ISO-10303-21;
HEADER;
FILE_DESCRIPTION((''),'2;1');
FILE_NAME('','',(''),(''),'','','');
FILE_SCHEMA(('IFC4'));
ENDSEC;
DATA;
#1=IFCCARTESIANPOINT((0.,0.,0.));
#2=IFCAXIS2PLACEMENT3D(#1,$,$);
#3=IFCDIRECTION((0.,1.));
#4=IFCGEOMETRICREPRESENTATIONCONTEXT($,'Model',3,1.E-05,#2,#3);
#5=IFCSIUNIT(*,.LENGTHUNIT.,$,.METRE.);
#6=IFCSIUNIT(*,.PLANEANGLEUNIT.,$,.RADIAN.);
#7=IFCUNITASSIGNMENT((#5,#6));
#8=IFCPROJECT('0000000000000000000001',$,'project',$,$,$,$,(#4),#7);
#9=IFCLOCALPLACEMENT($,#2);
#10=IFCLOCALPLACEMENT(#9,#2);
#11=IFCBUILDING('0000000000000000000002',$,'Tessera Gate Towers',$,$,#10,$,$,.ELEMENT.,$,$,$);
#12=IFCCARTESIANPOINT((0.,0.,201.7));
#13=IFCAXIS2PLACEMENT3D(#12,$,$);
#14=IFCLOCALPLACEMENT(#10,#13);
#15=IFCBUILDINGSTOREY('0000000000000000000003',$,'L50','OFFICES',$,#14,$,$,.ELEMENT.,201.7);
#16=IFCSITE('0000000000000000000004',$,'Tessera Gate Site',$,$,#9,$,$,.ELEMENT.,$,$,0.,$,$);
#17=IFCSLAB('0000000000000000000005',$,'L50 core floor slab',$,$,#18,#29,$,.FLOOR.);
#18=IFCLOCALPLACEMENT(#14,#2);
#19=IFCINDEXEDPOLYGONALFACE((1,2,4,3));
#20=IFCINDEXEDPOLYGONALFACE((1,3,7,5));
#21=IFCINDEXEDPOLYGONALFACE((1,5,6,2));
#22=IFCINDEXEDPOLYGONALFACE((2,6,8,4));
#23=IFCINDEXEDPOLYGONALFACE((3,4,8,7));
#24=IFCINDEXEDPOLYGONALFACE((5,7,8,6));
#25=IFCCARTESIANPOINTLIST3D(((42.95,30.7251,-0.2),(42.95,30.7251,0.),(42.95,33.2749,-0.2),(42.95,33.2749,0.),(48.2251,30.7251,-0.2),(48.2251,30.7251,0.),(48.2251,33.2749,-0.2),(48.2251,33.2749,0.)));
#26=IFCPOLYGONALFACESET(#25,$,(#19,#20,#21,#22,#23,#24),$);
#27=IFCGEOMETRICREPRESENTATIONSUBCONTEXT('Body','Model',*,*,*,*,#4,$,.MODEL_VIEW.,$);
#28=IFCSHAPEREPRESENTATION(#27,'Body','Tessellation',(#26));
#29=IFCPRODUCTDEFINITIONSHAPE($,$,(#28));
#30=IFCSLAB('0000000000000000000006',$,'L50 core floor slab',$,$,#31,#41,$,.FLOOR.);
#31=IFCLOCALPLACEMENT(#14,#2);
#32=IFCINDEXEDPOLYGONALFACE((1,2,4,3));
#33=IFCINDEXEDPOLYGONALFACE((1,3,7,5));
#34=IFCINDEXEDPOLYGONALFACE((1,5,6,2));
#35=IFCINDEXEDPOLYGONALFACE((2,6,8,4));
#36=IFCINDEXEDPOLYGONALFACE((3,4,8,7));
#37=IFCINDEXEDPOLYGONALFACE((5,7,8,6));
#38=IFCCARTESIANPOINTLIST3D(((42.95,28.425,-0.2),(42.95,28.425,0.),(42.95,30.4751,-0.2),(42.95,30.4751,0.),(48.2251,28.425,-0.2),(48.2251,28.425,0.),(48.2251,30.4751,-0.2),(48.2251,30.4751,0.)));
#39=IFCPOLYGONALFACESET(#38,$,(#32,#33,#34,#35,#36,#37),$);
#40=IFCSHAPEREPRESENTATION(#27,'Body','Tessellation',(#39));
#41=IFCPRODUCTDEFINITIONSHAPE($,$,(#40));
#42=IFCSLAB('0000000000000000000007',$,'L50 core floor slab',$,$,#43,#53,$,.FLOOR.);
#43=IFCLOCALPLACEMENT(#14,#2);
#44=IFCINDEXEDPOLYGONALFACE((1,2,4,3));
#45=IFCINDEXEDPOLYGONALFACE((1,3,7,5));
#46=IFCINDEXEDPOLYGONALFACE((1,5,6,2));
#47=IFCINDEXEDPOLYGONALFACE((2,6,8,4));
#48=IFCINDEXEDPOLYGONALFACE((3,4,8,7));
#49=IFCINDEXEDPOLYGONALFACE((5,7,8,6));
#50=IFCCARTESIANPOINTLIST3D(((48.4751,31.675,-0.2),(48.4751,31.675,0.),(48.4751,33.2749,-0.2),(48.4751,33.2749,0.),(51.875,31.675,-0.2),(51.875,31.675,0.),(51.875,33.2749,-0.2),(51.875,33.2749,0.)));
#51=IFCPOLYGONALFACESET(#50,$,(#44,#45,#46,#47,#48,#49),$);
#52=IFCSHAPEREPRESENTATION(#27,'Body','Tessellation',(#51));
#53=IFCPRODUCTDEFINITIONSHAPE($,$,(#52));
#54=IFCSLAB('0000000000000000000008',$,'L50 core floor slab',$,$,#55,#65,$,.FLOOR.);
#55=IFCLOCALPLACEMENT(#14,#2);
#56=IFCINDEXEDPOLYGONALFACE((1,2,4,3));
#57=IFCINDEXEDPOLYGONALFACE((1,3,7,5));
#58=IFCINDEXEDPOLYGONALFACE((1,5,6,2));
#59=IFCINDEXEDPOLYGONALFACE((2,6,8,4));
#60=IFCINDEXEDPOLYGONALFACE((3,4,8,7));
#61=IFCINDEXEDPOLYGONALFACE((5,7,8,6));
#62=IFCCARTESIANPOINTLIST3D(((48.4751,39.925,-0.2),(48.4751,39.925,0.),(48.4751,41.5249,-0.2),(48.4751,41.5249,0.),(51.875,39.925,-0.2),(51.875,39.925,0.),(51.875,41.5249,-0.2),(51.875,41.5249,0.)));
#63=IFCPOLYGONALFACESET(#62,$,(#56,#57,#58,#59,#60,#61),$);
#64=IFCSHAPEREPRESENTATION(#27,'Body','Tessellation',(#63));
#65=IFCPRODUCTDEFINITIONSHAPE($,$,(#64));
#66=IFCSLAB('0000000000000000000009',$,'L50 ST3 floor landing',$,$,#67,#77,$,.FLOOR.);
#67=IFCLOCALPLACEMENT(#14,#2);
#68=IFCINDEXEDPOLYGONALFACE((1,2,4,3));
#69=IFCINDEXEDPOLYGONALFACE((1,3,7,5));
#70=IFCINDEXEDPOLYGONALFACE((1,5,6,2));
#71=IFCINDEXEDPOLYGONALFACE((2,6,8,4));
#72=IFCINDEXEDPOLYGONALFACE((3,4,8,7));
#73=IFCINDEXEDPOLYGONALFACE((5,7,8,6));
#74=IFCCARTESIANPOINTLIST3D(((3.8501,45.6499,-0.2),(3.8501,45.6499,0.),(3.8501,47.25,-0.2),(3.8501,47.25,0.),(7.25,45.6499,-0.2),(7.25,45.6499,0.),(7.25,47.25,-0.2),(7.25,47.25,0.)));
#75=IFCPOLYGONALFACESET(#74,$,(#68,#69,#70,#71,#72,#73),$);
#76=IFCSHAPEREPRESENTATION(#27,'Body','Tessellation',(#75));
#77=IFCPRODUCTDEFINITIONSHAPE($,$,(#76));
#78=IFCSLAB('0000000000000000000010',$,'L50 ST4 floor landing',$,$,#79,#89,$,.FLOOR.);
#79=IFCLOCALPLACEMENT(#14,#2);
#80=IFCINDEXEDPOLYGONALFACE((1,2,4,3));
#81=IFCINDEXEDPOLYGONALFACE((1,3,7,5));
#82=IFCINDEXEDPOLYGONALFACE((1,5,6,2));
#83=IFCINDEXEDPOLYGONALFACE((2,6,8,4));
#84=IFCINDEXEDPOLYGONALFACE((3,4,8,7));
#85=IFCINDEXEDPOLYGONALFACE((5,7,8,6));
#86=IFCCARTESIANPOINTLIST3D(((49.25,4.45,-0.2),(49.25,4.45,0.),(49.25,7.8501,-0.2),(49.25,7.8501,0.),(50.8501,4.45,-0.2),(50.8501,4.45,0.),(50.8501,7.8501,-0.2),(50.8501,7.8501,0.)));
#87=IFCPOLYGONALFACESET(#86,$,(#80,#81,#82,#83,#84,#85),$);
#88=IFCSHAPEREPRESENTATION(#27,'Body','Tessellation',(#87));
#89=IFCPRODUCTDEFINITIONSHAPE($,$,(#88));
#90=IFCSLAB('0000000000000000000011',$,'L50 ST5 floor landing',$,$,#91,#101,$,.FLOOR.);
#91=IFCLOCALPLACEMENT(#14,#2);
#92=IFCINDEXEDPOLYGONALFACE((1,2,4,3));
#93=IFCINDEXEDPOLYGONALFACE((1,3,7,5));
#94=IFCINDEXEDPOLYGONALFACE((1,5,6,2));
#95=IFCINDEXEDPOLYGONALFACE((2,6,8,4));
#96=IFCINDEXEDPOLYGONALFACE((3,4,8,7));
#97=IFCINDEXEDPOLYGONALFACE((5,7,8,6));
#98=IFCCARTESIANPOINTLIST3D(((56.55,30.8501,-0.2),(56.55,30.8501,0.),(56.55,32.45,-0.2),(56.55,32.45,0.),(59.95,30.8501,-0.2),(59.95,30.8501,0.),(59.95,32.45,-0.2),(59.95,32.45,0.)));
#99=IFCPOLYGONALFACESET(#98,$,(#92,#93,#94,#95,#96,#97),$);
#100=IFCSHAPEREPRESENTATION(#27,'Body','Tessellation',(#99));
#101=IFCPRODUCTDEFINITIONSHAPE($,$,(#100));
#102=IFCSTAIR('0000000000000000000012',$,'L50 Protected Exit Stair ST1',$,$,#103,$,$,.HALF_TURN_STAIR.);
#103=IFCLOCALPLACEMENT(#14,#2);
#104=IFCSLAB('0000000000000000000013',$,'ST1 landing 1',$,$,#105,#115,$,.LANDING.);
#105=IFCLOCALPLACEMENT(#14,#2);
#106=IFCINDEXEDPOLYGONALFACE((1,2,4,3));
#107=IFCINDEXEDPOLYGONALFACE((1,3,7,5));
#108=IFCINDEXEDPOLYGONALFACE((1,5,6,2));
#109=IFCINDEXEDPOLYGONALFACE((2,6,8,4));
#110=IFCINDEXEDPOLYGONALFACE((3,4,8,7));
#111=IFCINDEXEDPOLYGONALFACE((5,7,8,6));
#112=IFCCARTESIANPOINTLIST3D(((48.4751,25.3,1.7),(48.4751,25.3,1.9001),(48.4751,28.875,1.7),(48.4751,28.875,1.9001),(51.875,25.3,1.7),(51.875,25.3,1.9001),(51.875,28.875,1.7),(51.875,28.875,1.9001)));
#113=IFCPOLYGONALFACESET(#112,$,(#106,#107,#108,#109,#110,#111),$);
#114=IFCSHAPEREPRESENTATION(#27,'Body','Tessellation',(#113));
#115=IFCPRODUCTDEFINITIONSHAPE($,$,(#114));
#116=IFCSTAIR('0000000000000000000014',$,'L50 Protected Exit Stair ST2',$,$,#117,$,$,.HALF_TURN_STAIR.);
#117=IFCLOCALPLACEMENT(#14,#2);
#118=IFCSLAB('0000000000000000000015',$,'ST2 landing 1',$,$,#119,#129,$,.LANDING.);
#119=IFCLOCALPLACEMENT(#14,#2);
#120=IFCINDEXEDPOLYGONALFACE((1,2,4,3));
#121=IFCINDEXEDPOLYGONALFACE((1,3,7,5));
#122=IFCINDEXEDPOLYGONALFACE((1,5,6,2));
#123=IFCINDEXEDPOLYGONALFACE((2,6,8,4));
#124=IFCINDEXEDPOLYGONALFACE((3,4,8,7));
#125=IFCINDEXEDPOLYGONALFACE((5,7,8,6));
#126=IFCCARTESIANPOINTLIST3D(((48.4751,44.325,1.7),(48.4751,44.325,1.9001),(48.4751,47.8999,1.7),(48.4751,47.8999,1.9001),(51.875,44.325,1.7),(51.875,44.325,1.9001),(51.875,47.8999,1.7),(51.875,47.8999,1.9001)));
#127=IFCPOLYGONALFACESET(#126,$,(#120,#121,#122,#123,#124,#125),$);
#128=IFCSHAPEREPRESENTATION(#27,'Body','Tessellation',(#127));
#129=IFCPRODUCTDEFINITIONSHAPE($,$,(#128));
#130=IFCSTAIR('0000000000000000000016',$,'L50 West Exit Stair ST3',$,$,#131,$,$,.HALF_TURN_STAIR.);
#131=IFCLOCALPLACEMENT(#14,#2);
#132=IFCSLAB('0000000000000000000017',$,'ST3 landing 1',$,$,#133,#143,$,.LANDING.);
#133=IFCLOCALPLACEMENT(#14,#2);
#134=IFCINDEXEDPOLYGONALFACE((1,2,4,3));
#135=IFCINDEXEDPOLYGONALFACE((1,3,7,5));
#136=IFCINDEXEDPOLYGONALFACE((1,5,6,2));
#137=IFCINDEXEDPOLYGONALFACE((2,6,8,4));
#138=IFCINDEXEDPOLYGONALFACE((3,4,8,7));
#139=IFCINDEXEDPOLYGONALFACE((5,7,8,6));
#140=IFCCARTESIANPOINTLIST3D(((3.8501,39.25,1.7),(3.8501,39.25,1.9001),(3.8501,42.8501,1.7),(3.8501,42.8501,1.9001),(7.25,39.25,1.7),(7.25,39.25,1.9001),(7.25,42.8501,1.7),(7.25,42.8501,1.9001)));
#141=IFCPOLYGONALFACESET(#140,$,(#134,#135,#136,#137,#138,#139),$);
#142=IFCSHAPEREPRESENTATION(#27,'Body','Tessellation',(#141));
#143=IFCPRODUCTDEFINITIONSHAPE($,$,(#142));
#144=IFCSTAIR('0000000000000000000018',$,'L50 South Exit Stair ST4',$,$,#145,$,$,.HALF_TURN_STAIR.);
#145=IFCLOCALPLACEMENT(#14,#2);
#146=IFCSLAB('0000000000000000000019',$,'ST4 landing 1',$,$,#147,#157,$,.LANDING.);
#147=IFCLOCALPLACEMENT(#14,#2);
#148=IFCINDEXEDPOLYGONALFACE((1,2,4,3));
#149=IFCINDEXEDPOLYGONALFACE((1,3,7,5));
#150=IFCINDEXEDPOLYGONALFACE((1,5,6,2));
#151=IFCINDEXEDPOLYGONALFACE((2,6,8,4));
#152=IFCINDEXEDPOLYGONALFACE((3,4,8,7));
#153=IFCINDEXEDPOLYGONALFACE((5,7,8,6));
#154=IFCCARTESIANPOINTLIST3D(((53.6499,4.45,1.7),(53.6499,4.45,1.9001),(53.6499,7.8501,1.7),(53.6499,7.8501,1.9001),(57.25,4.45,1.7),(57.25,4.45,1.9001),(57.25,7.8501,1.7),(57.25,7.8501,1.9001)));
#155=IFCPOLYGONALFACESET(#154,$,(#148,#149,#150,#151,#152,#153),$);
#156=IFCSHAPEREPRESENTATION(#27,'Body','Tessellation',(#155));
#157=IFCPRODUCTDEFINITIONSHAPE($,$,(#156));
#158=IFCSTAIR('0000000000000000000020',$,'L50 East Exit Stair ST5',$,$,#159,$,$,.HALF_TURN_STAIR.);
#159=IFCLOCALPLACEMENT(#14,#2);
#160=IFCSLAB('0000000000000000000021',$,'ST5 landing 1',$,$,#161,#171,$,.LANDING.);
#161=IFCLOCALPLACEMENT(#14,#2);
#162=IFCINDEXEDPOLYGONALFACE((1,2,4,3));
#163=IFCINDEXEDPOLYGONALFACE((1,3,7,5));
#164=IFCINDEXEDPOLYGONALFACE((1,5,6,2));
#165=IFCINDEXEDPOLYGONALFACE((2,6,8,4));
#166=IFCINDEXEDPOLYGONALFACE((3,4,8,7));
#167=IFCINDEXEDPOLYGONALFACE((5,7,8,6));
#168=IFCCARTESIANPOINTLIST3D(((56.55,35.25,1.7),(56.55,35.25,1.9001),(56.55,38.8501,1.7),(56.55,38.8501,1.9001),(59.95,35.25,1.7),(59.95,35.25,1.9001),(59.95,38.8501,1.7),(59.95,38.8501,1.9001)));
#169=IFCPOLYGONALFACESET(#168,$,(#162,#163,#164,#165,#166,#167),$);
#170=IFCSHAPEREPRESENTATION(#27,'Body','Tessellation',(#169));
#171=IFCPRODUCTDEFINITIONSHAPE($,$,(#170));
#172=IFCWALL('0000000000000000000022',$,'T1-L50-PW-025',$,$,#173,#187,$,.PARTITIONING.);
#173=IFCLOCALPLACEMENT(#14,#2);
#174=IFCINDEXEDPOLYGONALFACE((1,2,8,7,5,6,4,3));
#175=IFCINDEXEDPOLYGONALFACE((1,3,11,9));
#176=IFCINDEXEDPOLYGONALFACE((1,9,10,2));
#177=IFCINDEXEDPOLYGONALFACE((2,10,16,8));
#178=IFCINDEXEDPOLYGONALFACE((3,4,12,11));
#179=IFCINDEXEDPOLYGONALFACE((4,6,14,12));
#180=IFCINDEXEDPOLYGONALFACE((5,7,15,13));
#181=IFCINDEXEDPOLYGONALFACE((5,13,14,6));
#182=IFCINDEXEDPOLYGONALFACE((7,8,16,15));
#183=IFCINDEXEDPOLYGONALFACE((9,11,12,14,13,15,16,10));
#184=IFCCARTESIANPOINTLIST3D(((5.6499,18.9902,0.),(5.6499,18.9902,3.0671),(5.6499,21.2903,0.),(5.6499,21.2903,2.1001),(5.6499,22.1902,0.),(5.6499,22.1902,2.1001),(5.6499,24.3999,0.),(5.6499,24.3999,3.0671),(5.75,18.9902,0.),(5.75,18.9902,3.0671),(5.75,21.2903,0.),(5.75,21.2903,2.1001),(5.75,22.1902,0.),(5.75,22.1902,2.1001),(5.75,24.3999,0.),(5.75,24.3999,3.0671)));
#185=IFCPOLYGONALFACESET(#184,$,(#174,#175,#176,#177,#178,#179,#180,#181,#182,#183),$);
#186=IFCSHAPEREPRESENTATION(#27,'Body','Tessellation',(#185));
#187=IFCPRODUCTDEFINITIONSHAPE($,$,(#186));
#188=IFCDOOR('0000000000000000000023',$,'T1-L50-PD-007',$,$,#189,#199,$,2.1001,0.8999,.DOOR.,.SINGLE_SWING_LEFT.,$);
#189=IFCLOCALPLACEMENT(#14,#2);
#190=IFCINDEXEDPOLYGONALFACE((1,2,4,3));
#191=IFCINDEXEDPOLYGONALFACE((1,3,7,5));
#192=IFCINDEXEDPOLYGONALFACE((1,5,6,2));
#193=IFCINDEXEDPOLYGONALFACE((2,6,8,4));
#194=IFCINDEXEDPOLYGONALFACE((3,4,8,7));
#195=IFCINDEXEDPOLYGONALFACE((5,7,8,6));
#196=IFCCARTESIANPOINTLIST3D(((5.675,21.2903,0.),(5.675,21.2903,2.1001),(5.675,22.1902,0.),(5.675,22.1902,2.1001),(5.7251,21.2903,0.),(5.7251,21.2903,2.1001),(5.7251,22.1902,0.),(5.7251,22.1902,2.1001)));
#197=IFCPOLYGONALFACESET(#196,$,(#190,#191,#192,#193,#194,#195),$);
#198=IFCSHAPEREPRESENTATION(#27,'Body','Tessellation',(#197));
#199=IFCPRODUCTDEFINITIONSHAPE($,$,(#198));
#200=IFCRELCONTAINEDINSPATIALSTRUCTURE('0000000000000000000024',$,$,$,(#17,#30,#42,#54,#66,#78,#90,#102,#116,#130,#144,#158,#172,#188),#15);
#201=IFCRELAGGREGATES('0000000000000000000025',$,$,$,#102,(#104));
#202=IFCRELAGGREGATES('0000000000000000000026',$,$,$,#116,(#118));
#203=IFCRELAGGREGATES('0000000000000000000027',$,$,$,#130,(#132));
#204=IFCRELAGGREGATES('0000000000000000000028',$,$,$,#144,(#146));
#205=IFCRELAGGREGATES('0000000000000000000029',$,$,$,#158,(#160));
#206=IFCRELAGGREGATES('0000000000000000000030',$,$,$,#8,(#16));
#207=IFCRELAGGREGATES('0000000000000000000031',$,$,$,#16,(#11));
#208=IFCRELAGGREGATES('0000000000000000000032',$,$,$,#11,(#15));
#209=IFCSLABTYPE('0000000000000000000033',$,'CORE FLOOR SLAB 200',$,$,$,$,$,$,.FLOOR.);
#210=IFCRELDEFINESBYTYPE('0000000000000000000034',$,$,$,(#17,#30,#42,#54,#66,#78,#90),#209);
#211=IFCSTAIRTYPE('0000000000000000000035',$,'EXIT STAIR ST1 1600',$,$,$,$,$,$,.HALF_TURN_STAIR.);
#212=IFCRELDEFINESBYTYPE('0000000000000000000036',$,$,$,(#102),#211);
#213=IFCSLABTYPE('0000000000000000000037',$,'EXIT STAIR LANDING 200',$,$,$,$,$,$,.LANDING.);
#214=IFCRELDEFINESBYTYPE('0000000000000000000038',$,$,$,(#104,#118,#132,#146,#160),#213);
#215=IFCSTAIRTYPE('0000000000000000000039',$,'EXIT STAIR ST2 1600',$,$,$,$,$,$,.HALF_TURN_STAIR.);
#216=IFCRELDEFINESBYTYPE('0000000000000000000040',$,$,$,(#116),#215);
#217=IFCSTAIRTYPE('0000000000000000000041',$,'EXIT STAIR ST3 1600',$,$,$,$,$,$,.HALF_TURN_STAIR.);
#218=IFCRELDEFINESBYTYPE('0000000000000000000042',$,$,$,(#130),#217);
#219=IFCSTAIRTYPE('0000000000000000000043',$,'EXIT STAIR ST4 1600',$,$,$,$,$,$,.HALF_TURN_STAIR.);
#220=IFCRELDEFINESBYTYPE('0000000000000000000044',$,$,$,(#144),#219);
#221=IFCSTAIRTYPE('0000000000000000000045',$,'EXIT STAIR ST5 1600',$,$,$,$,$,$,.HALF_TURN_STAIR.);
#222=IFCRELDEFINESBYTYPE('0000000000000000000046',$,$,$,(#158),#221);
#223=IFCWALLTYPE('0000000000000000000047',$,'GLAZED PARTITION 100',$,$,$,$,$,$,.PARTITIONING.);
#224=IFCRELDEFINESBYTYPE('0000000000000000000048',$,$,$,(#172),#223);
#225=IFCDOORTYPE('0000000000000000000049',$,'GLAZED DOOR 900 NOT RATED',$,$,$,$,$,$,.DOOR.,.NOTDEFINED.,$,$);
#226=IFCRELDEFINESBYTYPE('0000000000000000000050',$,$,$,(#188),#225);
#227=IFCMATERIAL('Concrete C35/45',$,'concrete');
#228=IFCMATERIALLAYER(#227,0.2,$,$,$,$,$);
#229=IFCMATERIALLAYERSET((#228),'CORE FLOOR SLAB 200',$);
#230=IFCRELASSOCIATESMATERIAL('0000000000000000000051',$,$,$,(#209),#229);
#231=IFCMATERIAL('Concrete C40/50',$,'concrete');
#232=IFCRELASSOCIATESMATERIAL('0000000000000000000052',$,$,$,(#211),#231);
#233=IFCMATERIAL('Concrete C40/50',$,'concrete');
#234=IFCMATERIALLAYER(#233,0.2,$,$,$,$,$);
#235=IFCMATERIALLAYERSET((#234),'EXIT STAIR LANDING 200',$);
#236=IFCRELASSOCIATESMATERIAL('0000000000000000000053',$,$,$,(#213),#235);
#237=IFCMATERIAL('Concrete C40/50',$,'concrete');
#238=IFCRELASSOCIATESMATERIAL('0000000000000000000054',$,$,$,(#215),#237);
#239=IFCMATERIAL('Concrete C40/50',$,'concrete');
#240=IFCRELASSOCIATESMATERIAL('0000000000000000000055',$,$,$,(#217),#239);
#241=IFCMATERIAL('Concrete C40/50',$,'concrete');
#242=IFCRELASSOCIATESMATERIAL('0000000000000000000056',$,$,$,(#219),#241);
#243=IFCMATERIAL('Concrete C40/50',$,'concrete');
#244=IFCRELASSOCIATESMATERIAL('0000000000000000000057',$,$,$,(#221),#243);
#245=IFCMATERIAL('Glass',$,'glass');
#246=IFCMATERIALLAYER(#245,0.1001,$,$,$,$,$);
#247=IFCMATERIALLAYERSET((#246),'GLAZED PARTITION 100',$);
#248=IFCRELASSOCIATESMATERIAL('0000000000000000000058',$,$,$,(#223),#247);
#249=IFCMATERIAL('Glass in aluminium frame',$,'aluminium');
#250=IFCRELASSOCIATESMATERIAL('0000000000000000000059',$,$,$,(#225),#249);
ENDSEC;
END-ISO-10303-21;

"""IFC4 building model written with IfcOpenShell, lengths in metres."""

from ifc_helpers import new_model, si_unit, direction, frame, frame_2d, origin, place, context, subcontext, project, spatial, polyline, rectangle, outline, extrude, source, transform, mapped, material, layer, layer_set, type_object, element, fill, aggregate, save


model = new_model("IFC4")

# Units and contexts
model_context = context("Model", 3, precision=1e-05, world=origin(), true_north=direction((0.0, 1.0)))
body_context = subcontext(model_context, "Body", "Model", "MODEL_VIEW")
ifc_project = project(units=[si_unit("LENGTHUNIT", "METRE"), si_unit("PLANEANGLEUNIT", "RADIAN")], contexts=[model_context])

# Site, building, storey
site_placement = place(None, origin())
site = spatial("IfcSite", under=ifc_project, at=site_placement, Name="Tessera Gate Site", CompositionType="ELEMENT", RefElevation=0.0)
building_placement = place(site_placement, origin())
building = spatial("IfcBuilding", under=site, at=building_placement, Name="Tessera Gate Towers", CompositionType="ELEMENT")
storey_placement = place(building_placement, frame((0.0, 0.0, 201.7)))
storey = spatial("IfcBuildingStorey", under=building, at=storey_placement, Name="L50", Description="OFFICES", CompositionType="ELEMENT", Elevation=201.7)

# Slabs
ifc_material_1 = material(Name="Concrete C35/45", Category="concrete")
ifc_layer_1 = layer(ifc_material_1, 0.2)
ifc_layer_set_1 = layer_set([ifc_layer_1], Name="CORE FLOOR SLAB 200")
slab_type_1 = type_object("IfcSlabType", Name="CORE FLOOR SLAB 200", PredefinedType="FLOOR", material=ifc_layer_set_1)
slab_1_placement = place(storey_placement, frame((0.0, 0.0, -0.2)))
element("IfcSlab", 1, at=slab_1_placement, inside=storey, type_object=slab_type_1, Name="L50 core floor slab", PredefinedType="FLOOR", context=body_context, shape_type="SweptSolid", body=[
    extrude(outline(polyline([(42.95, 33.2749), (42.95, 30.7251), (48.2251, 30.7251), (48.2251, 33.2749), (42.95, 33.2749)])), origin(), (0.0, 0.0, 1.0), 0.2),
])
slab_2_placement = place(storey_placement, frame((0.0, 0.0, -0.2)))
element("IfcSlab", 2, at=slab_2_placement, inside=storey, type_object=slab_type_1, Name="L50 core floor slab", PredefinedType="FLOOR", context=body_context, shape_type="SweptSolid", body=[
    extrude(outline(polyline([(48.2251, 30.4751), (42.95, 30.4751), (42.95, 28.425), (48.2251, 28.425), (48.2251, 30.4751)])), origin(), (0.0, 0.0, 1.0), 0.2),
])
slab_3_placement = place(storey_placement, frame((0.0, 0.0, -0.2)))
element("IfcSlab", 3, at=slab_3_placement, inside=storey, type_object=slab_type_1, Name="L50 core floor slab", PredefinedType="FLOOR", context=body_context, shape_type="SweptSolid", body=[
    extrude(outline(polyline([(51.875, 31.675), (51.875, 33.2749), (48.4751, 33.2749), (48.4751, 31.675), (51.875, 31.675)])), origin(), (0.0, 0.0, 1.0), 0.2),
])
slab_4_placement = place(storey_placement, frame((0.0, 0.0, -0.2)))
element("IfcSlab", 4, at=slab_4_placement, inside=storey, type_object=slab_type_1, Name="L50 core floor slab", PredefinedType="FLOOR", context=body_context, shape_type="SweptSolid", body=[
    extrude(outline(polyline([(48.4751, 41.5249), (48.4751, 39.925), (51.875, 39.925), (51.875, 41.5249), (48.4751, 41.5249)])), origin(), (0.0, 0.0, 1.0), 0.2),
])
slab_5_placement = place(storey_placement, frame((0.0, 0.0, -0.2)))
element("IfcSlab", 5, at=slab_5_placement, inside=storey, type_object=slab_type_1, Name="L50 ST3 floor landing", PredefinedType="FLOOR", context=body_context, shape_type="SweptSolid", body=[
    extrude(outline(polyline([(3.8501, 47.25), (3.8501, 45.6499), (7.25, 45.6499), (7.25, 47.25), (3.8501, 47.25)])), origin(), (0.0, 0.0, 1.0), 0.2),
])
slab_6_placement = place(storey_placement, frame((0.0, 0.0, -0.2)))
element("IfcSlab", 6, at=slab_6_placement, inside=storey, type_object=slab_type_1, Name="L50 ST4 floor landing", PredefinedType="FLOOR", context=body_context, shape_type="SweptSolid", body=[
    extrude(outline(polyline([(49.25, 4.45), (50.8501, 4.45), (50.8501, 7.8501), (49.25, 7.8501), (49.25, 4.45)])), origin(), (0.0, 0.0, 1.0), 0.2),
])
slab_7_placement = place(storey_placement, frame((0.0, 0.0, -0.2)))
element("IfcSlab", 7, at=slab_7_placement, inside=storey, type_object=slab_type_1, Name="L50 ST5 floor landing", PredefinedType="FLOOR", context=body_context, shape_type="SweptSolid", body=[
    extrude(outline(polyline([(59.95, 30.8501), (59.95, 32.45), (56.55, 32.45), (56.55, 30.8501), (59.95, 30.8501)])), origin(), (0.0, 0.0, 1.0), 0.2),
])

# Stairs, slabs
ifc_material_2 = material(Name="Concrete C40/50", Category="concrete")
stair_type_1 = type_object("IfcStairType", Name="EXIT STAIR ST1 1600", PredefinedType="HALF_TURN_STAIR", material=ifc_material_2)
stair_1_placement = place(storey_placement, origin())
stair_1 = element("IfcStair", 8, at=stair_1_placement, inside=storey, type_object=stair_type_1, Name="L50 Protected Exit Stair ST1", PredefinedType="HALF_TURN_STAIR")
ifc_material_3 = material(Name="Concrete C40/50", Category="concrete")
ifc_layer_2 = layer(ifc_material_3, 0.2)
ifc_layer_set_2 = layer_set([ifc_layer_2], Name="EXIT STAIR LANDING 200")
slab_type_2 = type_object("IfcSlabType", Name="EXIT STAIR LANDING 200", PredefinedType="LANDING", material=ifc_layer_set_2)
slab_8_placement = place(storey_placement, frame((0.0, 0.0, 1.7)))
slab_8 = element("IfcSlab", 9, at=slab_8_placement, type_object=slab_type_2, Name="ST1 landing 1", PredefinedType="LANDING", context=body_context, shape_type="SweptSolid", body=[
    extrude(outline(polyline([(48.4751, 28.875), (48.4751, 25.3), (51.875, 25.3), (51.875, 28.875), (48.4751, 28.875)])), origin(), (0.0, 0.0, 1.0), 0.2002),
])
aggregate(stair_1, [slab_8])
ifc_material_4 = material(Name="Concrete C40/50", Category="concrete")
stair_type_2 = type_object("IfcStairType", Name="EXIT STAIR ST2 1600", PredefinedType="HALF_TURN_STAIR", material=ifc_material_4)
stair_2_placement = place(storey_placement, origin())
stair_2 = element("IfcStair", 10, at=stair_2_placement, inside=storey, type_object=stair_type_2, Name="L50 Protected Exit Stair ST2", PredefinedType="HALF_TURN_STAIR")
slab_9_placement = place(storey_placement, frame((0.0, 0.0, 1.7)))
slab_9 = element("IfcSlab", 11, at=slab_9_placement, type_object=slab_type_2, Name="ST2 landing 1", PredefinedType="LANDING", context=body_context, shape_type="SweptSolid", body=[
    extrude(outline(polyline([(51.875, 44.325), (51.875, 47.8999), (48.4751, 47.8999), (48.4751, 44.325), (51.875, 44.325)])), origin(), (0.0, 0.0, 1.0), 0.2002),
])
aggregate(stair_2, [slab_9])
ifc_material_5 = material(Name="Concrete C40/50", Category="concrete")
stair_type_3 = type_object("IfcStairType", Name="EXIT STAIR ST3 1600", PredefinedType="HALF_TURN_STAIR", material=ifc_material_5)
stair_3_placement = place(storey_placement, origin())
stair_3 = element("IfcStair", 12, at=stair_3_placement, inside=storey, type_object=stair_type_3, Name="L50 West Exit Stair ST3", PredefinedType="HALF_TURN_STAIR")
slab_10_placement = place(storey_placement, frame((0.0, 0.0, 1.7)))
slab_10 = element("IfcSlab", 13, at=slab_10_placement, type_object=slab_type_2, Name="ST3 landing 1", PredefinedType="LANDING", context=body_context, shape_type="SweptSolid", body=[
    extrude(outline(polyline([(3.8501, 42.8501), (3.8501, 39.25), (7.25, 39.25), (7.25, 42.8501), (3.8501, 42.8501)])), origin(), (0.0, 0.0, 1.0), 0.2002),
])
aggregate(stair_3, [slab_10])
ifc_material_6 = material(Name="Concrete C40/50", Category="concrete")
stair_type_4 = type_object("IfcStairType", Name="EXIT STAIR ST4 1600", PredefinedType="HALF_TURN_STAIR", material=ifc_material_6)
stair_4_placement = place(storey_placement, origin())
stair_4 = element("IfcStair", 14, at=stair_4_placement, inside=storey, type_object=stair_type_4, Name="L50 South Exit Stair ST4", PredefinedType="HALF_TURN_STAIR")
slab_11_placement = place(storey_placement, frame((0.0, 0.0, 1.7)))
slab_11 = element("IfcSlab", 15, at=slab_11_placement, type_object=slab_type_2, Name="ST4 landing 1", PredefinedType="LANDING", context=body_context, shape_type="SweptSolid", body=[
    extrude(outline(polyline([(53.6499, 4.45), (57.25, 4.45), (57.25, 7.8501), (53.6499, 7.8501), (53.6499, 4.45)])), origin(), (0.0, 0.0, 1.0), 0.2002),
])
aggregate(stair_4, [slab_11])
ifc_material_7 = material(Name="Concrete C40/50", Category="concrete")
stair_type_5 = type_object("IfcStairType", Name="EXIT STAIR ST5 1600", PredefinedType="HALF_TURN_STAIR", material=ifc_material_7)
stair_5_placement = place(storey_placement, origin())
stair_5 = element("IfcStair", 16, at=stair_5_placement, inside=storey, type_object=stair_type_5, Name="L50 East Exit Stair ST5", PredefinedType="HALF_TURN_STAIR")
slab_12_placement = place(storey_placement, frame((0.0, 0.0, 1.7)))
slab_12 = element("IfcSlab", 17, at=slab_12_placement, type_object=slab_type_2, Name="ST5 landing 1", PredefinedType="LANDING", context=body_context, shape_type="SweptSolid", body=[
    extrude(outline(polyline([(59.95, 35.25), (59.95, 38.8501), (56.55, 38.8501), (56.55, 35.25), (59.95, 35.25)])), origin(), (0.0, 0.0, 1.0), 0.2002),
])
aggregate(stair_5, [slab_12])

# Wall, opening, door
ifc_material_8 = material(Name="Glass", Category="glass")
ifc_layer_3 = layer(ifc_material_8, 0.1001)
ifc_layer_set_3 = layer_set([ifc_layer_3], Name="GLAZED PARTITION 100")
wall_type_1 = type_object("IfcWallType", Name="GLAZED PARTITION 100", PredefinedType="PARTITIONING", material=ifc_layer_set_3)
wall_1_placement = place(storey_placement, frame((5.7, 18.9902, 0.0), z_axis=(0.0, 0.0, 1.0), x_axis=(0.0, 1.0, 0.0)))
wall_1 = element("IfcWall", 18, at=wall_1_placement, inside=storey, type_object=wall_type_1, Name="T1-L50-PW-025", PredefinedType="PARTITIONING", context=body_context, shape_type="SweptSolid", body=[
    extrude(rectangle(XDim=5.4097, YDim=0.1001, at=frame_2d((2.7048, 0.0))), origin(), (0.0, 0.0, 1.0), 3.0671),
])
shared_shape_1 = source(origin(), body_context, "Body", "SweptSolid", [
    extrude(rectangle(XDim=0.8999, YDim=2.1001, at=frame_2d((0.45, 1.05))), frame((0.0, 0.0601, 0.0), z_axis=(0.0, -1.0, 0.0), x_axis=(1.0, 0.0, 0.0)), (0.0, 0.0, 1.0), 0.1201),
])
opening_1_placement = place(wall_1_placement, frame((2.3, 0.0, 0.0)))
opening_1 = element("IfcOpeningElement", 19, at=opening_1_placement, cuts=wall_1, PredefinedType="OPENING", context=body_context, shape_type="MappedRepresentation", body=[
    mapped(shared_shape_1, transform((0.0, 0.0, 0.0), scale=1.0)),
])
ifc_material_9 = material(Name="Glass in aluminium frame", Category="aluminium")
door_type_1 = type_object("IfcDoorType", Name="GLAZED DOOR 900 NOT RATED", OperationType="NOTDEFINED", PredefinedType="DOOR", material=ifc_material_9)
shared_shape_2 = source(origin(), body_context, "Body", "SweptSolid", [
    extrude(rectangle(XDim=0.8999, YDim=2.1001, at=frame_2d((0.45, 1.05))), frame((0.0, 0.0249, 0.0), z_axis=(0.0, -1.0, 0.0), x_axis=(1.0, 0.0, 0.0)), (0.0, 0.0, 1.0), 0.05),
])
door_1_placement = place(opening_1_placement, origin())
door_1 = element("IfcDoor", 20, at=door_1_placement, inside=storey, type_object=door_type_1, Name="T1-L50-PD-007", OperationType="SINGLE_SWING_LEFT", OverallHeight=2.1001, OverallWidth=0.8999, PredefinedType="DOOR", context=body_context, shape_type="MappedRepresentation", body=[
    mapped(shared_shape_2, transform((0.0, 0.0, 0.0), scale=1.0)),
])
fill(opening_1, door_1)

save(model, "model.ifc")
